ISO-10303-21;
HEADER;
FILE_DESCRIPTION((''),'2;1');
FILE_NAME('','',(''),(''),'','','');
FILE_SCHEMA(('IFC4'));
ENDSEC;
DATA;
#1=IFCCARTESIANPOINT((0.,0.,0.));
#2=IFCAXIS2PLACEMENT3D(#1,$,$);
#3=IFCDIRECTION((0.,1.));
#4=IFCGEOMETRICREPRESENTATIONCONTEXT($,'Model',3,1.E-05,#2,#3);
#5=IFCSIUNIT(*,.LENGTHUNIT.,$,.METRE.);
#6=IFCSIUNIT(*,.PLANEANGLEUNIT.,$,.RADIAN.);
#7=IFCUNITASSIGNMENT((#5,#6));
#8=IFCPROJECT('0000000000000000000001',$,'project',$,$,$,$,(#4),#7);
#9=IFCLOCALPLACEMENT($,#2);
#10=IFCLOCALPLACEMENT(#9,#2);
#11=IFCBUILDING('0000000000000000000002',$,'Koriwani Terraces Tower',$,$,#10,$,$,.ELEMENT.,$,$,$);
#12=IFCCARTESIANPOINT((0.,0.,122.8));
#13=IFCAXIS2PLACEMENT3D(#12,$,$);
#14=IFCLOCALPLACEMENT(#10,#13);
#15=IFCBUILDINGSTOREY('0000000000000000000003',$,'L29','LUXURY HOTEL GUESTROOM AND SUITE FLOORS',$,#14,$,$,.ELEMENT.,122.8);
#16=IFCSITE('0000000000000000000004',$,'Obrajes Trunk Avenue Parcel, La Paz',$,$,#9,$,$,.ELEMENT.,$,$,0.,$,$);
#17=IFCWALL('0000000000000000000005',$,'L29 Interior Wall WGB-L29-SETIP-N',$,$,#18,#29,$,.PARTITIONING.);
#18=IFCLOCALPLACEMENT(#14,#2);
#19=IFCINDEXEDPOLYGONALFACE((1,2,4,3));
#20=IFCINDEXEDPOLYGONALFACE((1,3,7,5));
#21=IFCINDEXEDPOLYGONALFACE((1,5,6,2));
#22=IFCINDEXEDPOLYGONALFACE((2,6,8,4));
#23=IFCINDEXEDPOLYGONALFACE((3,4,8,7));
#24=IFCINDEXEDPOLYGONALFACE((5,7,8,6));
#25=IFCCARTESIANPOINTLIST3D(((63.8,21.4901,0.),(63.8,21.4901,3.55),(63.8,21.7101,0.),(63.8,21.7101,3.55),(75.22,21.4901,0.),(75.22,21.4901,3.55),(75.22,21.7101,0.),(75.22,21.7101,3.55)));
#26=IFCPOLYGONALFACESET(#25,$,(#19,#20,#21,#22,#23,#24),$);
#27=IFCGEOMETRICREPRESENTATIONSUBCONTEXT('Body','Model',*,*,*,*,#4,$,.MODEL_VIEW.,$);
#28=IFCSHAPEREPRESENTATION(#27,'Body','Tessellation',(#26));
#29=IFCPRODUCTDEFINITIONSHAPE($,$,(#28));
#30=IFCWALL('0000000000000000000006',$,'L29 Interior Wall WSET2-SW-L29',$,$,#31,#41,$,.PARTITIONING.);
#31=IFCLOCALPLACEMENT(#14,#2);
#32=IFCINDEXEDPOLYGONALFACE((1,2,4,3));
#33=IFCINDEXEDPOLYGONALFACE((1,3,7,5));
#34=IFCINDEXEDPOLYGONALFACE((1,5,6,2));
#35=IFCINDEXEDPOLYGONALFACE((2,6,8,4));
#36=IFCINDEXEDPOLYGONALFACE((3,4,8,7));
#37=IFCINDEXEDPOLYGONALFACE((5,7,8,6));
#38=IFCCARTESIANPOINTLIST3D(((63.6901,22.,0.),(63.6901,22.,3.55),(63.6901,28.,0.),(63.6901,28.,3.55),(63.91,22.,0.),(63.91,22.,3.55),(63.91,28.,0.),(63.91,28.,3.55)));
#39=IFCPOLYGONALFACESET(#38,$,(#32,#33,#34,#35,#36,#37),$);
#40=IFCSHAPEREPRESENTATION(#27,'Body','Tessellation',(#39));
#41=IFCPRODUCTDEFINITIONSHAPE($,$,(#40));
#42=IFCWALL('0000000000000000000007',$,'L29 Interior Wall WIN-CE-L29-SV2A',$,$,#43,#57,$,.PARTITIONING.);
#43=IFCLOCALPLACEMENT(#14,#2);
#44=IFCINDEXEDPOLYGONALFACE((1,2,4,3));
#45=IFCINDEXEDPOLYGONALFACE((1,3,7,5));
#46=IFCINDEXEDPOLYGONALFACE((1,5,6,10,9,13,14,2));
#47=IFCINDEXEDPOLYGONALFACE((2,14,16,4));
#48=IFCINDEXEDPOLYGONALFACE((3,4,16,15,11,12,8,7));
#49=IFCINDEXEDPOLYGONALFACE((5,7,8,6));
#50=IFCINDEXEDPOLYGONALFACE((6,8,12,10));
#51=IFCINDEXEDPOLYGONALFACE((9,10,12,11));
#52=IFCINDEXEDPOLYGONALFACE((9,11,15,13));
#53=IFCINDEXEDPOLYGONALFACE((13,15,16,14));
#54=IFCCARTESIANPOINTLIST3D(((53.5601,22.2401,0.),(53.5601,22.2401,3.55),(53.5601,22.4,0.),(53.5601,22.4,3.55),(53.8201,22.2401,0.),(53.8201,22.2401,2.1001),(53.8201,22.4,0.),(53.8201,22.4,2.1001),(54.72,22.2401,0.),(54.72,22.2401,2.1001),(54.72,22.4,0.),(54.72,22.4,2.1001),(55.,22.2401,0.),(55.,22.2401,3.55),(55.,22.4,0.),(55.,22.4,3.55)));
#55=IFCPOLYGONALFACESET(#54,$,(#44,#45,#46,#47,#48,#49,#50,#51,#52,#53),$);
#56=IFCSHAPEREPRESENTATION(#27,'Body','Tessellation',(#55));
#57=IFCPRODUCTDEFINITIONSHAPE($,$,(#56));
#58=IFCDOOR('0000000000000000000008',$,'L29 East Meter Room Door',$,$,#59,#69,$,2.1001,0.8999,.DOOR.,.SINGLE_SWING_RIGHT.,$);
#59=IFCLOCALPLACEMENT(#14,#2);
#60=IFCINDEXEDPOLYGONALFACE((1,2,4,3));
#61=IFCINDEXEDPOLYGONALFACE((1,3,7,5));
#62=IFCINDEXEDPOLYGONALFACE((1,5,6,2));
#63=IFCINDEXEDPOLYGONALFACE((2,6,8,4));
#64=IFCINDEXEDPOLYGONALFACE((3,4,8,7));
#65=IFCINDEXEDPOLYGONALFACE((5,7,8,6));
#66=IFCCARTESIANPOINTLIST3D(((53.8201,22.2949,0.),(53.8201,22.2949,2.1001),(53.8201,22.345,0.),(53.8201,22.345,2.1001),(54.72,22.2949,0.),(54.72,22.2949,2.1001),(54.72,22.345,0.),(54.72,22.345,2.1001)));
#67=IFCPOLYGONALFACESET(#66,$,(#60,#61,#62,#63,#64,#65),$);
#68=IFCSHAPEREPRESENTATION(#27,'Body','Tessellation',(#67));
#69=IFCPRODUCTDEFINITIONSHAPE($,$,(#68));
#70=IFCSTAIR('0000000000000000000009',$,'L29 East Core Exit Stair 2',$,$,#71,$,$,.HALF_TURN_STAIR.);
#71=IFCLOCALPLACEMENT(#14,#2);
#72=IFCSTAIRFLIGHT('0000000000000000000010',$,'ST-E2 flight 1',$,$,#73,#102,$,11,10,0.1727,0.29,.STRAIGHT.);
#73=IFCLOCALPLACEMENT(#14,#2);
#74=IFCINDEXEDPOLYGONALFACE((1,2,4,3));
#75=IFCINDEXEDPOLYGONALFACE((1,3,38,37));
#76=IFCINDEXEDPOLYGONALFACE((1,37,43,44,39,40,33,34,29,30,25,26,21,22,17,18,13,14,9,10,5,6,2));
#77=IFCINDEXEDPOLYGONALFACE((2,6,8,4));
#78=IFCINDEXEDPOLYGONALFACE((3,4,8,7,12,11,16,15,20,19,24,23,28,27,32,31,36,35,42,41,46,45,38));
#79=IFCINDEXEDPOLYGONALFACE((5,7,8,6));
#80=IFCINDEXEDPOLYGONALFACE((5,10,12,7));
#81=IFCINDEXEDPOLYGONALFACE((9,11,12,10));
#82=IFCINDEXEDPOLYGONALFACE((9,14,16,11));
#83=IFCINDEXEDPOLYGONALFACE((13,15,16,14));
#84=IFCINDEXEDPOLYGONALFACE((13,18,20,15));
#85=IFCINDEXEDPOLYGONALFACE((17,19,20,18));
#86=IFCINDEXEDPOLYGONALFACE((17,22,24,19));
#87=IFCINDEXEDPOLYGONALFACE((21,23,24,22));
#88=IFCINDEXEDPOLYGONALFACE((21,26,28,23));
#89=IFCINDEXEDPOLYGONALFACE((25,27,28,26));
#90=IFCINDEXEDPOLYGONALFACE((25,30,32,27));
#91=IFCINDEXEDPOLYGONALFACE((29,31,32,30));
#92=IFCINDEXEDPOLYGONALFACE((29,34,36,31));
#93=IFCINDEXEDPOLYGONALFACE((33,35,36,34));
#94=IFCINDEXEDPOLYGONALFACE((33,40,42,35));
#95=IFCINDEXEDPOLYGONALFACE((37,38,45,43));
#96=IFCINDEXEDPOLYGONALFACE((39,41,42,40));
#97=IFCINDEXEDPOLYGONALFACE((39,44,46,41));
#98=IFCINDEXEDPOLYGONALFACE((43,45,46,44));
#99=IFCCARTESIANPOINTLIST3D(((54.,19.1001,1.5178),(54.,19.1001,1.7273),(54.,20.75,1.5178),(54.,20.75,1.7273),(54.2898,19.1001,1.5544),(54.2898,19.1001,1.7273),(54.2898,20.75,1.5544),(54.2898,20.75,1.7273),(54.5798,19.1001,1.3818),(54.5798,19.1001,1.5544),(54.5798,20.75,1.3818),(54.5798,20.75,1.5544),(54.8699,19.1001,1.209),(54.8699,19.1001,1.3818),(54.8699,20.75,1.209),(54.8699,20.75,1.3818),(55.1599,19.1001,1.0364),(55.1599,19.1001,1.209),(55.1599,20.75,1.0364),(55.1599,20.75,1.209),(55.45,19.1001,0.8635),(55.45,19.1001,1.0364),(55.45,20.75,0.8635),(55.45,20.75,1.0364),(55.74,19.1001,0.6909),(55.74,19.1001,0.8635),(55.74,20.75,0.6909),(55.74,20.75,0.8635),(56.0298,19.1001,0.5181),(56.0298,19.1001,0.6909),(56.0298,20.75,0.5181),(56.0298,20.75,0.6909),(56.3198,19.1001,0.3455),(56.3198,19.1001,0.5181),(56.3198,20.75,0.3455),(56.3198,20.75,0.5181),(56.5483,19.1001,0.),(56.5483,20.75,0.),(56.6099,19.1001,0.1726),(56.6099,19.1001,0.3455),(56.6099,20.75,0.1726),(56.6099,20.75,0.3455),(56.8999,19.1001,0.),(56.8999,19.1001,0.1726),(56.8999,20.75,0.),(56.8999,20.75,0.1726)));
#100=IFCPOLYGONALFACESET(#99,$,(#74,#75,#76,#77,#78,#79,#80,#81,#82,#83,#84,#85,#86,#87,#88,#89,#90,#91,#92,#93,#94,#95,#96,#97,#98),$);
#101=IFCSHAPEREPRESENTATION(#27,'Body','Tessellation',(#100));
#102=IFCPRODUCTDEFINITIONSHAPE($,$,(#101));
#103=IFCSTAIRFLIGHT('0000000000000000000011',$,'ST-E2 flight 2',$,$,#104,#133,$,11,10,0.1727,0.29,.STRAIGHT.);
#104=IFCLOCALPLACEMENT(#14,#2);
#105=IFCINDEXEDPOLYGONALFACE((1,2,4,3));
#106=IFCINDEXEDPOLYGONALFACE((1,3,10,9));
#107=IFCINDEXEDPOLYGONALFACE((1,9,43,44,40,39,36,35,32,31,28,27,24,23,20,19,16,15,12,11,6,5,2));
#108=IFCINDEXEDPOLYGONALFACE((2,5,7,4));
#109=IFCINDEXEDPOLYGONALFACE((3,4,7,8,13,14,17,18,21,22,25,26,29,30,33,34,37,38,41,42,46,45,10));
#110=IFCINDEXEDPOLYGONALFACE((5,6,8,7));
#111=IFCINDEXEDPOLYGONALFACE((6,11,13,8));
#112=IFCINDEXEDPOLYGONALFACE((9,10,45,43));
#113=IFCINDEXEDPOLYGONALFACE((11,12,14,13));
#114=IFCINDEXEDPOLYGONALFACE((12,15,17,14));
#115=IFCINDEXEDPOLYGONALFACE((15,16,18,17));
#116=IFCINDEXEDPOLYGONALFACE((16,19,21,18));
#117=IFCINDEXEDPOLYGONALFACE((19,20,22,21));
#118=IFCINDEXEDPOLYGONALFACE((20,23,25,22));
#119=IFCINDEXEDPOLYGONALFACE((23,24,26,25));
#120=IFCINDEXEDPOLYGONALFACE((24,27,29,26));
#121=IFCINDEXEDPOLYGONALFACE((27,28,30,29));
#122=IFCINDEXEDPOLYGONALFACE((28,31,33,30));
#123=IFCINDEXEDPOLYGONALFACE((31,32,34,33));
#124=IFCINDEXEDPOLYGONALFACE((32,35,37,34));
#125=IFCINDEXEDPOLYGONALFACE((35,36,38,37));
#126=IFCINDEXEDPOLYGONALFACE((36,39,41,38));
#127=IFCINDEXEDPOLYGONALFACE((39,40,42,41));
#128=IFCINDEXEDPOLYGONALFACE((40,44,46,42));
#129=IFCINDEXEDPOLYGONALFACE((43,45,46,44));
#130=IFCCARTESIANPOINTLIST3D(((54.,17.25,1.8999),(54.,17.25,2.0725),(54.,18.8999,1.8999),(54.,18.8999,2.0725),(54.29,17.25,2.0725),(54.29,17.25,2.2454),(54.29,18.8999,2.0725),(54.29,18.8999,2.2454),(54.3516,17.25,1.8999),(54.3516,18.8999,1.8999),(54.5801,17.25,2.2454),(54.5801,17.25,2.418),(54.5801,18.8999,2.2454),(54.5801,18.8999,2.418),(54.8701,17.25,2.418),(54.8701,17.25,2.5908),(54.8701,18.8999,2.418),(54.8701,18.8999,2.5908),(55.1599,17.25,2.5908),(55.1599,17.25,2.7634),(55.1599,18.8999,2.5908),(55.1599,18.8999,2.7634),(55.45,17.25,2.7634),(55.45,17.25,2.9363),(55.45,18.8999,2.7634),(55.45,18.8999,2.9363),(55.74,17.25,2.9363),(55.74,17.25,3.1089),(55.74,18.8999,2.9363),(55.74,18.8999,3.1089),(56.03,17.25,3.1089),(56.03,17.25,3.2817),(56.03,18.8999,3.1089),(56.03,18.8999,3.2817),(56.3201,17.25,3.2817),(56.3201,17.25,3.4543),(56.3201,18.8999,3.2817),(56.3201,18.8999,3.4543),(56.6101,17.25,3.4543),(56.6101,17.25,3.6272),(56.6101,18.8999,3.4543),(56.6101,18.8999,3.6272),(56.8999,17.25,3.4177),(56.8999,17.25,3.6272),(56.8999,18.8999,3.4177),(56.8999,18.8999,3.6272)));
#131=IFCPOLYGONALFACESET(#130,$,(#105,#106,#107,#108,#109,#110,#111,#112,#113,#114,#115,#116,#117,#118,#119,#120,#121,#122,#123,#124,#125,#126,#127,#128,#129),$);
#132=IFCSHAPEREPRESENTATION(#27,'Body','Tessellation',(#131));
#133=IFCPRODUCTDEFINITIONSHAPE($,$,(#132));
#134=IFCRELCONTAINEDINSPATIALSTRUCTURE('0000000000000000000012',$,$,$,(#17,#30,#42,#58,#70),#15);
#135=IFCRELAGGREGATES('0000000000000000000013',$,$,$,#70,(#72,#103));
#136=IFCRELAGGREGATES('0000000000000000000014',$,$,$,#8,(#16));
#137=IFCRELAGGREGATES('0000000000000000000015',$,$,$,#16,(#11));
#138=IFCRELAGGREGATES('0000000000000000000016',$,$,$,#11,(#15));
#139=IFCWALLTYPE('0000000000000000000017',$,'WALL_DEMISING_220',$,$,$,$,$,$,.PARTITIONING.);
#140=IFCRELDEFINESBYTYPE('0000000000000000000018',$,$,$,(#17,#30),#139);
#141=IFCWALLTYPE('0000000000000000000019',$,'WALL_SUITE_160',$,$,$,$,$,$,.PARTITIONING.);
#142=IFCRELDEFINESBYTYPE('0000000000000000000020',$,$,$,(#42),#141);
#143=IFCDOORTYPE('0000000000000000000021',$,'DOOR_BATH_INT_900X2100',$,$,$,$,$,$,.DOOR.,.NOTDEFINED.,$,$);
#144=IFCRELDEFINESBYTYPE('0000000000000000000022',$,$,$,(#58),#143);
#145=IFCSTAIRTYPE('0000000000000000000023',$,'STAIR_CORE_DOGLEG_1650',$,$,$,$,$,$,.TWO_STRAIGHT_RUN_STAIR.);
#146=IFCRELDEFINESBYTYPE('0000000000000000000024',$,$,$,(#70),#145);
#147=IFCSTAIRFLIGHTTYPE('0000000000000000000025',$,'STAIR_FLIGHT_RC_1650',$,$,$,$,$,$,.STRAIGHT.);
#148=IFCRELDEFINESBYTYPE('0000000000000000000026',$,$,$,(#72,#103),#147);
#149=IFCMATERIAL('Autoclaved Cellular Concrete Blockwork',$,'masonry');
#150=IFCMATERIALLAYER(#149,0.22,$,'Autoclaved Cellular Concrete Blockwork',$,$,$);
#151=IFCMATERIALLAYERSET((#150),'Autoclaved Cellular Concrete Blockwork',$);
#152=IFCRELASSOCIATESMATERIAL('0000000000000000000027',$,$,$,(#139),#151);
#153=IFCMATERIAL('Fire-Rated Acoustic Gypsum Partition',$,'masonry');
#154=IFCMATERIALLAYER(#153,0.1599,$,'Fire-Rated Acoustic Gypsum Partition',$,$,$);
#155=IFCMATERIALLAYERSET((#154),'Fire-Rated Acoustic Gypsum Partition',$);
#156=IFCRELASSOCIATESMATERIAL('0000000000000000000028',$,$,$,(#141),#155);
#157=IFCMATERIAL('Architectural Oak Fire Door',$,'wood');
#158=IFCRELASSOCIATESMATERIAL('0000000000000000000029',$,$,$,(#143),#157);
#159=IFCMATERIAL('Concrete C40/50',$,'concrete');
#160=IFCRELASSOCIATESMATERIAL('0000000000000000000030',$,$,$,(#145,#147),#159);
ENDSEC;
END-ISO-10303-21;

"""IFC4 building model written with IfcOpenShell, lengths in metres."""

from ifc_helpers import new_model, si_unit, direction, frame, frame_2d, origin, place, context, subcontext, project, spatial, polyline, rectangle, outline, extrude, material, layer, layer_set, type_object, element, fill, aggregate, save


model = new_model("IFC4")

# Units and contexts
model_context = context("Model", 3, precision=1e-05, world=origin(), true_north=direction((0.0, 1.0)))
body_context = subcontext(model_context, "Body", "Model", "MODEL_VIEW")
ifc_project = project(units=[si_unit("LENGTHUNIT", "METRE"), si_unit("PLANEANGLEUNIT", "RADIAN")], contexts=[model_context])

# Site, building, storey
site_placement = place(None, origin())
site = spatial("IfcSite", under=ifc_project, at=site_placement, Name="Obrajes Trunk Avenue Parcel, La Paz", CompositionType="ELEMENT", RefElevation=0.0)
building_placement = place(site_placement, origin())
building = spatial("IfcBuilding", under=site, at=building_placement, Name="Koriwani Terraces Tower", CompositionType="ELEMENT")
storey_placement = place(building_placement, frame((0.0, 0.0, 122.8)))
storey = spatial("IfcBuildingStorey", under=building, at=storey_placement, Name="L29", Description="LUXURY HOTEL GUESTROOM AND SUITE FLOORS", CompositionType="ELEMENT", Elevation=122.8)

# Shared definitions
ifc_material_1 = material(Name="Concrete C40/50", Category="concrete")

# Walls
ifc_material_2 = material(Name="Autoclaved Cellular Concrete Blockwork", Category="masonry")
ifc_layer_1 = layer(ifc_material_2, 0.22, Name="Autoclaved Cellular Concrete Blockwork")
ifc_layer_set_1 = layer_set([ifc_layer_1], Name="Autoclaved Cellular Concrete Blockwork")
wall_type_1 = type_object("IfcWallType", Name="WALL_DEMISING_220", PredefinedType="PARTITIONING", material=ifc_layer_set_1)
wall_1_placement = place(storey_placement, frame((63.8, 21.6001, 0.0), z_axis=(0.0, 0.0, 1.0), x_axis=(1.0, 0.0, 0.0)))
element("IfcWall", 1, at=wall_1_placement, inside=storey, type_object=wall_type_1, Name="L29 Interior Wall WGB-L29-SETIP-N", PredefinedType="PARTITIONING", context=body_context, shape_type="SweptSolid", body=[
    extrude(rectangle(XDim=11.4199, YDim=0.22, at=frame_2d((5.71, 0.0))), origin(), (0.0, 0.0, 1.0), 3.55),
])
wall_2_placement = place(storey_placement, frame((63.8, 22.0, 0.0), z_axis=(0.0, 0.0, 1.0), x_axis=(0.0, 1.0, 0.0)))
element("IfcWall", 2, at=wall_2_placement, inside=storey, type_object=wall_type_1, Name="L29 Interior Wall WSET2-SW-L29", PredefinedType="PARTITIONING", context=body_context, shape_type="SweptSolid", body=[
    extrude(rectangle(XDim=6.0, YDim=0.22, at=frame_2d((3.0, 0.0))), origin(), (0.0, 0.0, 1.0), 3.55),
])

# Wall, opening, door
ifc_material_3 = material(Name="Fire-Rated Acoustic Gypsum Partition", Category="masonry")
ifc_layer_2 = layer(ifc_material_3, 0.1599, Name="Fire-Rated Acoustic Gypsum Partition")
ifc_layer_set_2 = layer_set([ifc_layer_2], Name="Fire-Rated Acoustic Gypsum Partition")
wall_type_2 = type_object("IfcWallType", Name="WALL_SUITE_160", PredefinedType="PARTITIONING", material=ifc_layer_set_2)
wall_3_placement = place(storey_placement, frame((53.5601, 22.3201, 0.0), z_axis=(0.0, 0.0, 1.0), x_axis=(1.0, 0.0, 0.0)))
wall_3 = element("IfcWall", 3, at=wall_3_placement, inside=storey, type_object=wall_type_2, Name="L29 Interior Wall WIN-CE-L29-SV2A", PredefinedType="PARTITIONING", context=body_context, shape_type="SweptSolid", body=[
    extrude(rectangle(XDim=1.4399, YDim=0.1599, at=frame_2d((0.72, 0.0))), origin(), (0.0, 0.0, 1.0), 3.55),
])
opening_1_placement = place(wall_3_placement, frame((0.26, 0.0, 0.0)))
opening_1 = element("IfcOpeningElement", 4, at=opening_1_placement, cuts=wall_3, PredefinedType="OPENING", context=body_context, shape_type="SweptSolid", body=[
    extrude(rectangle(XDim=0.8999, YDim=2.1001, at=frame_2d((0.45, 1.05))), frame((0.0, 0.0898, 0.0), z_axis=(0.0, -1.0, 0.0), x_axis=(1.0, 0.0, 0.0)), (0.0, 0.0, 1.0), 0.1799),
])
ifc_material_4 = material(Name="Architectural Oak Fire Door", Category="wood")
door_type_1 = type_object("IfcDoorType", Name="DOOR_BATH_INT_900X2100", OperationType="NOTDEFINED", PredefinedType="DOOR", material=ifc_material_4)
door_1_placement = place(opening_1_placement, origin())
door_1 = element("IfcDoor", 5, at=door_1_placement, inside=storey, type_object=door_type_1, Name="L29 East Meter Room Door", OperationType="SINGLE_SWING_RIGHT", OverallHeight=2.1001, OverallWidth=0.8999, PredefinedType="DOOR", context=body_context, shape_type="SweptSolid", body=[
    extrude(rectangle(XDim=0.8999, YDim=2.1001, at=frame_2d((0.45, 1.05))), frame((0.0, 0.0249, 0.0), z_axis=(0.0, -1.0, 0.0), x_axis=(1.0, 0.0, 0.0)), (0.0, 0.0, 1.0), 0.05),
])
fill(opening_1, door_1)

# Stair, stair flights
stair_type = type_object("IfcStairType", Name="STAIR_CORE_DOGLEG_1650", PredefinedType="TWO_STRAIGHT_RUN_STAIR", material=ifc_material_1)
stair_placement = place(storey_placement, origin())
stair = element("IfcStair", 6, at=stair_placement, inside=storey, type_object=stair_type, Name="L29 East Core Exit Stair 2", PredefinedType="HALF_TURN_STAIR")
stair_flight_type = type_object("IfcStairFlightType", Name="STAIR_FLIGHT_RC_1650", PredefinedType="STRAIGHT", material=ifc_material_1)
stair_flight_1_placement = place(storey_placement, frame((56.8999, 19.925, 0.0), z_axis=(0.0, 0.0, 1.0), x_axis=(-1.0, 0.0, 0.0)))
stair_flight_1 = element("IfcStairFlight", 7, at=stair_flight_1_placement, type_object=stair_flight_type, Name="ST-E2 flight 1", NumberOfRisers=11, NumberOfTreads=10, PredefinedType="STRAIGHT", RiserHeight=0.1727, TreadLength=0.29, context=body_context, shape_type="SweptSolid", body=[
    extrude(outline(polyline([(0.0, 0.0), (0.0, 0.1726), (0.29, 0.1726), (0.29, 0.3455), (0.5801, 0.3455), (0.5801, 0.5181), (0.8701, 0.5181), (0.8701, 0.6909), (1.1599, 0.6909), (1.1599, 0.8635), (1.45, 0.8635), (1.45, 1.0364), (1.74, 1.0364), (1.74, 1.209), (2.03, 1.209), (2.03, 1.3818), (2.3201, 1.3818), (2.3201, 1.5544), (2.6101, 1.5544), (2.6101, 1.7273), (2.8999, 1.7273), (2.8999, 1.8999), (2.8999, 1.5178), (0.3516, 0.0), (0.0, 0.0)])), frame((0.0, 0.825, 0.0), z_axis=(0.0, -1.0, 0.0), x_axis=(1.0, 0.0, 0.0)), (0.0, 0.0, 1.0), 1.6499),
])
stair_flight_2_placement = place(storey_placement, frame((54.0, 18.075, 1.8999), z_axis=(0.0, 0.0, 1.0), x_axis=(1.0, 0.0, 0.0)))
stair_flight_2 = element("IfcStairFlight", 8, at=stair_flight_2_placement, type_object=stair_flight_type, Name="ST-E2 flight 2", NumberOfRisers=11, NumberOfTreads=10, PredefinedType="STRAIGHT", RiserHeight=0.1727, TreadLength=0.29, context=body_context, shape_type="SweptSolid", body=[
    extrude(outline(polyline([(0.0, 0.0), (0.0, 0.1726), (0.29, 0.1726), (0.29, 0.3455), (0.5801, 0.3455), (0.5801, 0.5181), (0.8701, 0.5181), (0.8701, 0.6909), (1.1599, 0.6909), (1.1599, 0.8635), (1.45, 0.8635), (1.45, 1.0364), (1.74, 1.0364), (1.74, 1.209), (2.03, 1.209), (2.03, 1.3818), (2.3201, 1.3818), (2.3201, 1.5544), (2.6101, 1.5544), (2.6101, 1.7273), (2.8999, 1.7273), (2.8999, 1.8999), (2.8999, 1.5178), (0.3516, 0.0), (0.0, 0.0)])), frame((0.0, 0.825, 0.0), z_axis=(0.0, -1.0, 0.0), x_axis=(1.0, 0.0, 0.0)), (0.0, 0.0, 1.0), 1.6499),
])
aggregate(stair, [stair_flight_1, stair_flight_2])

save(model, "model.ifc")
